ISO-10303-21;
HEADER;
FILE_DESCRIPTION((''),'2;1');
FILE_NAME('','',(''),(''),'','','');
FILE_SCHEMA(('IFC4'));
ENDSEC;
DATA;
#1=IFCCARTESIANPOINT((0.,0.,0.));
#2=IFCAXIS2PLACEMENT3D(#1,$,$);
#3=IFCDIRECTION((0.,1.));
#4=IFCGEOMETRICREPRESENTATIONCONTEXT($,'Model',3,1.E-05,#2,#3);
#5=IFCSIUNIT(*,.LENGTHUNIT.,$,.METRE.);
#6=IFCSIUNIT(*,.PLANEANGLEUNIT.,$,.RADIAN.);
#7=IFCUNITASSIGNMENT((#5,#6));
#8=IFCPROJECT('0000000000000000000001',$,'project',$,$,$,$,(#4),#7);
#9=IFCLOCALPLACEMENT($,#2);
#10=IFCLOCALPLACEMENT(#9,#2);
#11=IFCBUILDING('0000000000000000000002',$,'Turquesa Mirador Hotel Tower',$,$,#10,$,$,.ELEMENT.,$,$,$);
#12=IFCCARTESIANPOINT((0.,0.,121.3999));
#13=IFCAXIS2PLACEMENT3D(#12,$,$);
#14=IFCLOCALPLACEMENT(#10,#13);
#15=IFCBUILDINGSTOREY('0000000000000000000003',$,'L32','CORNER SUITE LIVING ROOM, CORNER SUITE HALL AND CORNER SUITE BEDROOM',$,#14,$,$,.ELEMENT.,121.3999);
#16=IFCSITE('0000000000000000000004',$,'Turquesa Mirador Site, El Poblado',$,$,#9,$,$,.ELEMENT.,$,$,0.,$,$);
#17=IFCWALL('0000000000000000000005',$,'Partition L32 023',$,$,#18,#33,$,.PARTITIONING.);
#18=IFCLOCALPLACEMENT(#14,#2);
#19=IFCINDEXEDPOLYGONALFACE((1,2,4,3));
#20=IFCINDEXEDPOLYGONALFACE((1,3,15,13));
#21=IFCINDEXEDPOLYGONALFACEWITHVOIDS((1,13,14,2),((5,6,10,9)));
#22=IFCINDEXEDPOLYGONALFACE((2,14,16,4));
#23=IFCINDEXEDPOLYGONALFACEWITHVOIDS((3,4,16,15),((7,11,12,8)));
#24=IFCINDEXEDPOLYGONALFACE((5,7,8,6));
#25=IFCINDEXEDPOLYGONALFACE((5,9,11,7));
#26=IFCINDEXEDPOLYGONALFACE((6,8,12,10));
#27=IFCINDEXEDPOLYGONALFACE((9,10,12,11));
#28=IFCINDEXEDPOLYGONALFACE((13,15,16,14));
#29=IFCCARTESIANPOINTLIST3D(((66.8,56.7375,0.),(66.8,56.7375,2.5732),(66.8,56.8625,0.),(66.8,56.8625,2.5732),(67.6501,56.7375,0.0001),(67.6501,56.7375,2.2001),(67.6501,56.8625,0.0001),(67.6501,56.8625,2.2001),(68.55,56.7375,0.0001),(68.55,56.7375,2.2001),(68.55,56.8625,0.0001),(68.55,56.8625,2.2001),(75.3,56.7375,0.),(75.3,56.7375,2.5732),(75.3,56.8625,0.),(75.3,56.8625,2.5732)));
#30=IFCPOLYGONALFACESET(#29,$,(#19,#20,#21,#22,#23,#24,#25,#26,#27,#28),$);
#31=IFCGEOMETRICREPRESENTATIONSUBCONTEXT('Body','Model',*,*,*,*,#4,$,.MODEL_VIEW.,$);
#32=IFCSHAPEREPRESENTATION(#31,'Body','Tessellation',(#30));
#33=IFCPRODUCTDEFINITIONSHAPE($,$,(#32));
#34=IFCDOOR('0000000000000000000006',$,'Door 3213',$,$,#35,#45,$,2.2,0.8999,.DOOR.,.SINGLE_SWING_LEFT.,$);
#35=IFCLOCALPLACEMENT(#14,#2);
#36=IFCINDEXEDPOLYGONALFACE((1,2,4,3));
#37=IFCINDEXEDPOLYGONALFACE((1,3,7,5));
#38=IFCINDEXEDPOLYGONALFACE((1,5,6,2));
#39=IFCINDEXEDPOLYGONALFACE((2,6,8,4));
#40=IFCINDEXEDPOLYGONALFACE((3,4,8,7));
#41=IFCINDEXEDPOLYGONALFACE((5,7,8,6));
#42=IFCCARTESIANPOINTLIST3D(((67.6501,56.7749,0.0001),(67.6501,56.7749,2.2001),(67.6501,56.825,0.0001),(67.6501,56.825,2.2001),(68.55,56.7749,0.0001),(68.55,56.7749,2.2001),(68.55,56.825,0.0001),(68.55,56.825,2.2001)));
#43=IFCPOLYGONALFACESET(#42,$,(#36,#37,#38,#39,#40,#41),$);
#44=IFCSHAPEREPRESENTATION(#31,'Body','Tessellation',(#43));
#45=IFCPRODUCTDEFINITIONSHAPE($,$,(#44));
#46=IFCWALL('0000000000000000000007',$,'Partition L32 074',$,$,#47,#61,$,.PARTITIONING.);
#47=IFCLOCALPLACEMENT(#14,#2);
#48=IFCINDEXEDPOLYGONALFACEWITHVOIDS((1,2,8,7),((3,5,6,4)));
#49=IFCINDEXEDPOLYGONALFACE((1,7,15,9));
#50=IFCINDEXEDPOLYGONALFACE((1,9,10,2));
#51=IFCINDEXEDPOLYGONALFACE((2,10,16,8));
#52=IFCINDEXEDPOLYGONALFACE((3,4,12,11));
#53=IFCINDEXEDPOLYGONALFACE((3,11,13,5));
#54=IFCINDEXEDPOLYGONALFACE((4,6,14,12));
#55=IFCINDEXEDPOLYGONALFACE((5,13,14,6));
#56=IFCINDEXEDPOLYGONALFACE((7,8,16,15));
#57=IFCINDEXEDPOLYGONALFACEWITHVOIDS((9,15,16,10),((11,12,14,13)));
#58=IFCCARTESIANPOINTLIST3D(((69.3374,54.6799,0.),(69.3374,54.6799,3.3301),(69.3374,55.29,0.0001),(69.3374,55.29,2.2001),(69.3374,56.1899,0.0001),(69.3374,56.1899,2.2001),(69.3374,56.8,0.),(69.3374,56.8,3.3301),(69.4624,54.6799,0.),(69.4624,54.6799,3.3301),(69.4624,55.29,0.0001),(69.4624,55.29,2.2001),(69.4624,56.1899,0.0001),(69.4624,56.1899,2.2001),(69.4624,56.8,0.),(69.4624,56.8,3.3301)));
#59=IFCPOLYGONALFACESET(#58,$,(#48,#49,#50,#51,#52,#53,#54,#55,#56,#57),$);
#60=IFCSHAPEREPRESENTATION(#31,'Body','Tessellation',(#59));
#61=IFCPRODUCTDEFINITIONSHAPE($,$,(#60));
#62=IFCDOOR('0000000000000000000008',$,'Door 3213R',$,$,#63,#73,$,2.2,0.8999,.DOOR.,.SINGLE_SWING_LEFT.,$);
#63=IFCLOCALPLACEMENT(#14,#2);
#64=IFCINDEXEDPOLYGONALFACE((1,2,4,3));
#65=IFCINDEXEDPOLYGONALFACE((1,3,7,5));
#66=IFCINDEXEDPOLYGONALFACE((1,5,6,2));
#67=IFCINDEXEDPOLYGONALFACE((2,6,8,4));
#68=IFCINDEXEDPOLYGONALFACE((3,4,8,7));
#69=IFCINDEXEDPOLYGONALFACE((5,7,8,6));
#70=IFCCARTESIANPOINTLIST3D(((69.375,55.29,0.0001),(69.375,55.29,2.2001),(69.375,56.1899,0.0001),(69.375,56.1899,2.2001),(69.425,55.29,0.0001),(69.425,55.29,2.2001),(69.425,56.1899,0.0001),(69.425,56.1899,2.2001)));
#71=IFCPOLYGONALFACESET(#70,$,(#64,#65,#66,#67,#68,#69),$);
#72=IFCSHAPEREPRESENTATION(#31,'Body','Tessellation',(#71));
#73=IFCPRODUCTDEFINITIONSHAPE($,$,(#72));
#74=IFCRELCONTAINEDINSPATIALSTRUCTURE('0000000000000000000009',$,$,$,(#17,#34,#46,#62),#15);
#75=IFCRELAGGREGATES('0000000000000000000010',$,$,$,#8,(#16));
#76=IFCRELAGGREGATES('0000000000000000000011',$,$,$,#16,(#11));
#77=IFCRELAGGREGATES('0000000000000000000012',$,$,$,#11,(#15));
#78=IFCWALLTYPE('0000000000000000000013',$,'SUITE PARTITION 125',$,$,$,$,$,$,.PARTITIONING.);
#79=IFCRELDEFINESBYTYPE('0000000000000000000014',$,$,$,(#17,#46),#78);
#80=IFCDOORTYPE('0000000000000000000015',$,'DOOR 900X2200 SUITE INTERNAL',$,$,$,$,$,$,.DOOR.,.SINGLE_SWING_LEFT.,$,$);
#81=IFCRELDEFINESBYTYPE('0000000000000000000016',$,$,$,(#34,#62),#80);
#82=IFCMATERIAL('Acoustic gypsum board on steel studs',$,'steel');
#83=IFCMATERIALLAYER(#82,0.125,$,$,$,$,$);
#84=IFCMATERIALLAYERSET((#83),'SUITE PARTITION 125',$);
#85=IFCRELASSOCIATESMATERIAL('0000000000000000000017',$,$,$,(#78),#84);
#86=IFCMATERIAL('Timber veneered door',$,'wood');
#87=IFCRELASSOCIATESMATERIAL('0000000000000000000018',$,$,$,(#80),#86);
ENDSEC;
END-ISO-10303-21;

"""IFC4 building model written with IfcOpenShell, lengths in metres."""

from ifc_helpers import new_model, si_unit, direction, frame, frame_2d, origin, place, context, subcontext, project, spatial, rectangle, extrude, material, layer, layer_set, type_object, element, fill, save


model = new_model("IFC4")

# Units and contexts
model_context = context("Model", 3, precision=1e-05, world=origin(), true_north=direction((0.0, 1.0)))
body_context = subcontext(model_context, "Body", "Model", "MODEL_VIEW")
ifc_project = project(units=[si_unit("LENGTHUNIT", "METRE"), si_unit("PLANEANGLEUNIT", "RADIAN")], contexts=[model_context])

# Site, building, storey
site_placement = place(None, origin())
site = spatial("IfcSite", under=ifc_project, at=site_placement, Name="Turquesa Mirador Site, El Poblado", CompositionType="ELEMENT", RefElevation=0.0)
building_placement = place(site_placement, origin())
building = spatial("IfcBuilding", under=site, at=building_placement, Name="Turquesa Mirador Hotel Tower", CompositionType="ELEMENT")
storey_placement = place(building_placement, frame((0.0, 0.0, 121.3999)))
storey = spatial("IfcBuildingStorey", under=building, at=storey_placement, Name="L32", Description="CORNER SUITE LIVING ROOM, CORNER SUITE HALL AND CORNER SUITE BEDROOM", CompositionType="ELEMENT", Elevation=121.3999)

# Walls, openings, doors
ifc_material_1 = material(Name="Acoustic gypsum board on steel studs", Category="steel")
ifc_layer_1 = layer(ifc_material_1, 0.125)
ifc_layer_set_1 = layer_set([ifc_layer_1], Name="SUITE PARTITION 125")
wall_type_1 = type_object("IfcWallType", Name="SUITE PARTITION 125", PredefinedType="PARTITIONING", material=ifc_layer_set_1)
wall_1_placement = place(storey_placement, frame((66.8, 56.8, 0.0), z_axis=(0.0, 0.0, 1.0), x_axis=(1.0, 0.0, 0.0)))
wall_1 = element("IfcWall", 1, at=wall_1_placement, inside=storey, type_object=wall_type_1, Name="Partition L32 023", PredefinedType="PARTITIONING", context=body_context, shape_type="SweptSolid", body=[
    extrude(rectangle(XDim=8.5, YDim=0.125, at=frame_2d((4.25, 0.0))), origin(), (0.0, 0.0, 1.0), 2.5732),
])
opening_1_placement = place(wall_1_placement, frame((0.8501, 0.0, 0.0)))
opening_1 = element("IfcOpeningElement", 2, at=opening_1_placement, cuts=wall_1, PredefinedType="OPENING", context=body_context, shape_type="SweptSolid", body=[
    extrude(rectangle(XDim=0.8999, YDim=2.2, at=frame_2d((0.45, 1.1001))), frame((0.0, 0.0725, 0.0), z_axis=(0.0, -1.0, 0.0), x_axis=(1.0, 0.0, 0.0)), (0.0, 0.0, 1.0), 0.145),
])
ifc_material_2 = material(Name="Timber veneered door", Category="wood")
door_type_1 = type_object("IfcDoorType", Name="DOOR 900X2200 SUITE INTERNAL", OperationType="SINGLE_SWING_LEFT", PredefinedType="DOOR", material=ifc_material_2)
door_1_placement = place(opening_1_placement, origin())
door_1 = element("IfcDoor", 3, at=door_1_placement, inside=storey, type_object=door_type_1, Name="Door 3213", OperationType="SINGLE_SWING_LEFT", OverallHeight=2.2, OverallWidth=0.8999, PredefinedType="DOOR", context=body_context, shape_type="SweptSolid", body=[
    extrude(rectangle(XDim=0.8999, YDim=2.2, at=frame_2d((0.45, 1.1001))), frame((0.0, 0.0249, 0.0), z_axis=(0.0, -1.0, 0.0), x_axis=(1.0, 0.0, 0.0)), (0.0, 0.0, 1.0), 0.05),
])
fill(opening_1, door_1)
wall_2_placement = place(storey_placement, frame((69.3999, 54.6799, 0.0), z_axis=(0.0, 0.0, 1.0), x_axis=(0.0, 1.0, 0.0)))
wall_2 = element("IfcWall", 4, at=wall_2_placement, inside=storey, type_object=wall_type_1, Name="Partition L32 074", PredefinedType="PARTITIONING", context=body_context, shape_type="SweptSolid", body=[
    extrude(rectangle(XDim=2.1201, YDim=0.125, at=frame_2d((1.0601, 0.0))), origin(), (0.0, 0.0, 1.0), 3.3301),
])
opening_2_placement = place(wall_2_placement, frame((0.6101, 0.0, 0.0)))
opening_2 = element("IfcOpeningElement", 5, at=opening_2_placement, cuts=wall_2, PredefinedType="OPENING", context=body_context, shape_type="SweptSolid", body=[
    extrude(rectangle(XDim=0.8999, YDim=2.2, at=frame_2d((0.45, 1.1001))), frame((0.0, 0.0725, 0.0), z_axis=(0.0, -1.0, 0.0), x_axis=(1.0, 0.0, 0.0)), (0.0, 0.0, 1.0), 0.145),
])
door_2_placement = place(opening_2_placement, origin())
door_2 = element("IfcDoor", 6, at=door_2_placement, inside=storey, type_object=door_type_1, Name="Door 3213R", OperationType="SINGLE_SWING_LEFT", OverallHeight=2.2, OverallWidth=0.8999, PredefinedType="DOOR", context=body_context, shape_type="SweptSolid", body=[
    extrude(rectangle(XDim=0.8999, YDim=2.2, at=frame_2d((0.45, 1.1001))), frame((0.0, 0.0249, 0.0), z_axis=(0.0, -1.0, 0.0), x_axis=(1.0, 0.0, 0.0)), (0.0, 0.0, 1.0), 0.05),
])
fill(opening_2, door_2)

save(model, "model.ifc")
